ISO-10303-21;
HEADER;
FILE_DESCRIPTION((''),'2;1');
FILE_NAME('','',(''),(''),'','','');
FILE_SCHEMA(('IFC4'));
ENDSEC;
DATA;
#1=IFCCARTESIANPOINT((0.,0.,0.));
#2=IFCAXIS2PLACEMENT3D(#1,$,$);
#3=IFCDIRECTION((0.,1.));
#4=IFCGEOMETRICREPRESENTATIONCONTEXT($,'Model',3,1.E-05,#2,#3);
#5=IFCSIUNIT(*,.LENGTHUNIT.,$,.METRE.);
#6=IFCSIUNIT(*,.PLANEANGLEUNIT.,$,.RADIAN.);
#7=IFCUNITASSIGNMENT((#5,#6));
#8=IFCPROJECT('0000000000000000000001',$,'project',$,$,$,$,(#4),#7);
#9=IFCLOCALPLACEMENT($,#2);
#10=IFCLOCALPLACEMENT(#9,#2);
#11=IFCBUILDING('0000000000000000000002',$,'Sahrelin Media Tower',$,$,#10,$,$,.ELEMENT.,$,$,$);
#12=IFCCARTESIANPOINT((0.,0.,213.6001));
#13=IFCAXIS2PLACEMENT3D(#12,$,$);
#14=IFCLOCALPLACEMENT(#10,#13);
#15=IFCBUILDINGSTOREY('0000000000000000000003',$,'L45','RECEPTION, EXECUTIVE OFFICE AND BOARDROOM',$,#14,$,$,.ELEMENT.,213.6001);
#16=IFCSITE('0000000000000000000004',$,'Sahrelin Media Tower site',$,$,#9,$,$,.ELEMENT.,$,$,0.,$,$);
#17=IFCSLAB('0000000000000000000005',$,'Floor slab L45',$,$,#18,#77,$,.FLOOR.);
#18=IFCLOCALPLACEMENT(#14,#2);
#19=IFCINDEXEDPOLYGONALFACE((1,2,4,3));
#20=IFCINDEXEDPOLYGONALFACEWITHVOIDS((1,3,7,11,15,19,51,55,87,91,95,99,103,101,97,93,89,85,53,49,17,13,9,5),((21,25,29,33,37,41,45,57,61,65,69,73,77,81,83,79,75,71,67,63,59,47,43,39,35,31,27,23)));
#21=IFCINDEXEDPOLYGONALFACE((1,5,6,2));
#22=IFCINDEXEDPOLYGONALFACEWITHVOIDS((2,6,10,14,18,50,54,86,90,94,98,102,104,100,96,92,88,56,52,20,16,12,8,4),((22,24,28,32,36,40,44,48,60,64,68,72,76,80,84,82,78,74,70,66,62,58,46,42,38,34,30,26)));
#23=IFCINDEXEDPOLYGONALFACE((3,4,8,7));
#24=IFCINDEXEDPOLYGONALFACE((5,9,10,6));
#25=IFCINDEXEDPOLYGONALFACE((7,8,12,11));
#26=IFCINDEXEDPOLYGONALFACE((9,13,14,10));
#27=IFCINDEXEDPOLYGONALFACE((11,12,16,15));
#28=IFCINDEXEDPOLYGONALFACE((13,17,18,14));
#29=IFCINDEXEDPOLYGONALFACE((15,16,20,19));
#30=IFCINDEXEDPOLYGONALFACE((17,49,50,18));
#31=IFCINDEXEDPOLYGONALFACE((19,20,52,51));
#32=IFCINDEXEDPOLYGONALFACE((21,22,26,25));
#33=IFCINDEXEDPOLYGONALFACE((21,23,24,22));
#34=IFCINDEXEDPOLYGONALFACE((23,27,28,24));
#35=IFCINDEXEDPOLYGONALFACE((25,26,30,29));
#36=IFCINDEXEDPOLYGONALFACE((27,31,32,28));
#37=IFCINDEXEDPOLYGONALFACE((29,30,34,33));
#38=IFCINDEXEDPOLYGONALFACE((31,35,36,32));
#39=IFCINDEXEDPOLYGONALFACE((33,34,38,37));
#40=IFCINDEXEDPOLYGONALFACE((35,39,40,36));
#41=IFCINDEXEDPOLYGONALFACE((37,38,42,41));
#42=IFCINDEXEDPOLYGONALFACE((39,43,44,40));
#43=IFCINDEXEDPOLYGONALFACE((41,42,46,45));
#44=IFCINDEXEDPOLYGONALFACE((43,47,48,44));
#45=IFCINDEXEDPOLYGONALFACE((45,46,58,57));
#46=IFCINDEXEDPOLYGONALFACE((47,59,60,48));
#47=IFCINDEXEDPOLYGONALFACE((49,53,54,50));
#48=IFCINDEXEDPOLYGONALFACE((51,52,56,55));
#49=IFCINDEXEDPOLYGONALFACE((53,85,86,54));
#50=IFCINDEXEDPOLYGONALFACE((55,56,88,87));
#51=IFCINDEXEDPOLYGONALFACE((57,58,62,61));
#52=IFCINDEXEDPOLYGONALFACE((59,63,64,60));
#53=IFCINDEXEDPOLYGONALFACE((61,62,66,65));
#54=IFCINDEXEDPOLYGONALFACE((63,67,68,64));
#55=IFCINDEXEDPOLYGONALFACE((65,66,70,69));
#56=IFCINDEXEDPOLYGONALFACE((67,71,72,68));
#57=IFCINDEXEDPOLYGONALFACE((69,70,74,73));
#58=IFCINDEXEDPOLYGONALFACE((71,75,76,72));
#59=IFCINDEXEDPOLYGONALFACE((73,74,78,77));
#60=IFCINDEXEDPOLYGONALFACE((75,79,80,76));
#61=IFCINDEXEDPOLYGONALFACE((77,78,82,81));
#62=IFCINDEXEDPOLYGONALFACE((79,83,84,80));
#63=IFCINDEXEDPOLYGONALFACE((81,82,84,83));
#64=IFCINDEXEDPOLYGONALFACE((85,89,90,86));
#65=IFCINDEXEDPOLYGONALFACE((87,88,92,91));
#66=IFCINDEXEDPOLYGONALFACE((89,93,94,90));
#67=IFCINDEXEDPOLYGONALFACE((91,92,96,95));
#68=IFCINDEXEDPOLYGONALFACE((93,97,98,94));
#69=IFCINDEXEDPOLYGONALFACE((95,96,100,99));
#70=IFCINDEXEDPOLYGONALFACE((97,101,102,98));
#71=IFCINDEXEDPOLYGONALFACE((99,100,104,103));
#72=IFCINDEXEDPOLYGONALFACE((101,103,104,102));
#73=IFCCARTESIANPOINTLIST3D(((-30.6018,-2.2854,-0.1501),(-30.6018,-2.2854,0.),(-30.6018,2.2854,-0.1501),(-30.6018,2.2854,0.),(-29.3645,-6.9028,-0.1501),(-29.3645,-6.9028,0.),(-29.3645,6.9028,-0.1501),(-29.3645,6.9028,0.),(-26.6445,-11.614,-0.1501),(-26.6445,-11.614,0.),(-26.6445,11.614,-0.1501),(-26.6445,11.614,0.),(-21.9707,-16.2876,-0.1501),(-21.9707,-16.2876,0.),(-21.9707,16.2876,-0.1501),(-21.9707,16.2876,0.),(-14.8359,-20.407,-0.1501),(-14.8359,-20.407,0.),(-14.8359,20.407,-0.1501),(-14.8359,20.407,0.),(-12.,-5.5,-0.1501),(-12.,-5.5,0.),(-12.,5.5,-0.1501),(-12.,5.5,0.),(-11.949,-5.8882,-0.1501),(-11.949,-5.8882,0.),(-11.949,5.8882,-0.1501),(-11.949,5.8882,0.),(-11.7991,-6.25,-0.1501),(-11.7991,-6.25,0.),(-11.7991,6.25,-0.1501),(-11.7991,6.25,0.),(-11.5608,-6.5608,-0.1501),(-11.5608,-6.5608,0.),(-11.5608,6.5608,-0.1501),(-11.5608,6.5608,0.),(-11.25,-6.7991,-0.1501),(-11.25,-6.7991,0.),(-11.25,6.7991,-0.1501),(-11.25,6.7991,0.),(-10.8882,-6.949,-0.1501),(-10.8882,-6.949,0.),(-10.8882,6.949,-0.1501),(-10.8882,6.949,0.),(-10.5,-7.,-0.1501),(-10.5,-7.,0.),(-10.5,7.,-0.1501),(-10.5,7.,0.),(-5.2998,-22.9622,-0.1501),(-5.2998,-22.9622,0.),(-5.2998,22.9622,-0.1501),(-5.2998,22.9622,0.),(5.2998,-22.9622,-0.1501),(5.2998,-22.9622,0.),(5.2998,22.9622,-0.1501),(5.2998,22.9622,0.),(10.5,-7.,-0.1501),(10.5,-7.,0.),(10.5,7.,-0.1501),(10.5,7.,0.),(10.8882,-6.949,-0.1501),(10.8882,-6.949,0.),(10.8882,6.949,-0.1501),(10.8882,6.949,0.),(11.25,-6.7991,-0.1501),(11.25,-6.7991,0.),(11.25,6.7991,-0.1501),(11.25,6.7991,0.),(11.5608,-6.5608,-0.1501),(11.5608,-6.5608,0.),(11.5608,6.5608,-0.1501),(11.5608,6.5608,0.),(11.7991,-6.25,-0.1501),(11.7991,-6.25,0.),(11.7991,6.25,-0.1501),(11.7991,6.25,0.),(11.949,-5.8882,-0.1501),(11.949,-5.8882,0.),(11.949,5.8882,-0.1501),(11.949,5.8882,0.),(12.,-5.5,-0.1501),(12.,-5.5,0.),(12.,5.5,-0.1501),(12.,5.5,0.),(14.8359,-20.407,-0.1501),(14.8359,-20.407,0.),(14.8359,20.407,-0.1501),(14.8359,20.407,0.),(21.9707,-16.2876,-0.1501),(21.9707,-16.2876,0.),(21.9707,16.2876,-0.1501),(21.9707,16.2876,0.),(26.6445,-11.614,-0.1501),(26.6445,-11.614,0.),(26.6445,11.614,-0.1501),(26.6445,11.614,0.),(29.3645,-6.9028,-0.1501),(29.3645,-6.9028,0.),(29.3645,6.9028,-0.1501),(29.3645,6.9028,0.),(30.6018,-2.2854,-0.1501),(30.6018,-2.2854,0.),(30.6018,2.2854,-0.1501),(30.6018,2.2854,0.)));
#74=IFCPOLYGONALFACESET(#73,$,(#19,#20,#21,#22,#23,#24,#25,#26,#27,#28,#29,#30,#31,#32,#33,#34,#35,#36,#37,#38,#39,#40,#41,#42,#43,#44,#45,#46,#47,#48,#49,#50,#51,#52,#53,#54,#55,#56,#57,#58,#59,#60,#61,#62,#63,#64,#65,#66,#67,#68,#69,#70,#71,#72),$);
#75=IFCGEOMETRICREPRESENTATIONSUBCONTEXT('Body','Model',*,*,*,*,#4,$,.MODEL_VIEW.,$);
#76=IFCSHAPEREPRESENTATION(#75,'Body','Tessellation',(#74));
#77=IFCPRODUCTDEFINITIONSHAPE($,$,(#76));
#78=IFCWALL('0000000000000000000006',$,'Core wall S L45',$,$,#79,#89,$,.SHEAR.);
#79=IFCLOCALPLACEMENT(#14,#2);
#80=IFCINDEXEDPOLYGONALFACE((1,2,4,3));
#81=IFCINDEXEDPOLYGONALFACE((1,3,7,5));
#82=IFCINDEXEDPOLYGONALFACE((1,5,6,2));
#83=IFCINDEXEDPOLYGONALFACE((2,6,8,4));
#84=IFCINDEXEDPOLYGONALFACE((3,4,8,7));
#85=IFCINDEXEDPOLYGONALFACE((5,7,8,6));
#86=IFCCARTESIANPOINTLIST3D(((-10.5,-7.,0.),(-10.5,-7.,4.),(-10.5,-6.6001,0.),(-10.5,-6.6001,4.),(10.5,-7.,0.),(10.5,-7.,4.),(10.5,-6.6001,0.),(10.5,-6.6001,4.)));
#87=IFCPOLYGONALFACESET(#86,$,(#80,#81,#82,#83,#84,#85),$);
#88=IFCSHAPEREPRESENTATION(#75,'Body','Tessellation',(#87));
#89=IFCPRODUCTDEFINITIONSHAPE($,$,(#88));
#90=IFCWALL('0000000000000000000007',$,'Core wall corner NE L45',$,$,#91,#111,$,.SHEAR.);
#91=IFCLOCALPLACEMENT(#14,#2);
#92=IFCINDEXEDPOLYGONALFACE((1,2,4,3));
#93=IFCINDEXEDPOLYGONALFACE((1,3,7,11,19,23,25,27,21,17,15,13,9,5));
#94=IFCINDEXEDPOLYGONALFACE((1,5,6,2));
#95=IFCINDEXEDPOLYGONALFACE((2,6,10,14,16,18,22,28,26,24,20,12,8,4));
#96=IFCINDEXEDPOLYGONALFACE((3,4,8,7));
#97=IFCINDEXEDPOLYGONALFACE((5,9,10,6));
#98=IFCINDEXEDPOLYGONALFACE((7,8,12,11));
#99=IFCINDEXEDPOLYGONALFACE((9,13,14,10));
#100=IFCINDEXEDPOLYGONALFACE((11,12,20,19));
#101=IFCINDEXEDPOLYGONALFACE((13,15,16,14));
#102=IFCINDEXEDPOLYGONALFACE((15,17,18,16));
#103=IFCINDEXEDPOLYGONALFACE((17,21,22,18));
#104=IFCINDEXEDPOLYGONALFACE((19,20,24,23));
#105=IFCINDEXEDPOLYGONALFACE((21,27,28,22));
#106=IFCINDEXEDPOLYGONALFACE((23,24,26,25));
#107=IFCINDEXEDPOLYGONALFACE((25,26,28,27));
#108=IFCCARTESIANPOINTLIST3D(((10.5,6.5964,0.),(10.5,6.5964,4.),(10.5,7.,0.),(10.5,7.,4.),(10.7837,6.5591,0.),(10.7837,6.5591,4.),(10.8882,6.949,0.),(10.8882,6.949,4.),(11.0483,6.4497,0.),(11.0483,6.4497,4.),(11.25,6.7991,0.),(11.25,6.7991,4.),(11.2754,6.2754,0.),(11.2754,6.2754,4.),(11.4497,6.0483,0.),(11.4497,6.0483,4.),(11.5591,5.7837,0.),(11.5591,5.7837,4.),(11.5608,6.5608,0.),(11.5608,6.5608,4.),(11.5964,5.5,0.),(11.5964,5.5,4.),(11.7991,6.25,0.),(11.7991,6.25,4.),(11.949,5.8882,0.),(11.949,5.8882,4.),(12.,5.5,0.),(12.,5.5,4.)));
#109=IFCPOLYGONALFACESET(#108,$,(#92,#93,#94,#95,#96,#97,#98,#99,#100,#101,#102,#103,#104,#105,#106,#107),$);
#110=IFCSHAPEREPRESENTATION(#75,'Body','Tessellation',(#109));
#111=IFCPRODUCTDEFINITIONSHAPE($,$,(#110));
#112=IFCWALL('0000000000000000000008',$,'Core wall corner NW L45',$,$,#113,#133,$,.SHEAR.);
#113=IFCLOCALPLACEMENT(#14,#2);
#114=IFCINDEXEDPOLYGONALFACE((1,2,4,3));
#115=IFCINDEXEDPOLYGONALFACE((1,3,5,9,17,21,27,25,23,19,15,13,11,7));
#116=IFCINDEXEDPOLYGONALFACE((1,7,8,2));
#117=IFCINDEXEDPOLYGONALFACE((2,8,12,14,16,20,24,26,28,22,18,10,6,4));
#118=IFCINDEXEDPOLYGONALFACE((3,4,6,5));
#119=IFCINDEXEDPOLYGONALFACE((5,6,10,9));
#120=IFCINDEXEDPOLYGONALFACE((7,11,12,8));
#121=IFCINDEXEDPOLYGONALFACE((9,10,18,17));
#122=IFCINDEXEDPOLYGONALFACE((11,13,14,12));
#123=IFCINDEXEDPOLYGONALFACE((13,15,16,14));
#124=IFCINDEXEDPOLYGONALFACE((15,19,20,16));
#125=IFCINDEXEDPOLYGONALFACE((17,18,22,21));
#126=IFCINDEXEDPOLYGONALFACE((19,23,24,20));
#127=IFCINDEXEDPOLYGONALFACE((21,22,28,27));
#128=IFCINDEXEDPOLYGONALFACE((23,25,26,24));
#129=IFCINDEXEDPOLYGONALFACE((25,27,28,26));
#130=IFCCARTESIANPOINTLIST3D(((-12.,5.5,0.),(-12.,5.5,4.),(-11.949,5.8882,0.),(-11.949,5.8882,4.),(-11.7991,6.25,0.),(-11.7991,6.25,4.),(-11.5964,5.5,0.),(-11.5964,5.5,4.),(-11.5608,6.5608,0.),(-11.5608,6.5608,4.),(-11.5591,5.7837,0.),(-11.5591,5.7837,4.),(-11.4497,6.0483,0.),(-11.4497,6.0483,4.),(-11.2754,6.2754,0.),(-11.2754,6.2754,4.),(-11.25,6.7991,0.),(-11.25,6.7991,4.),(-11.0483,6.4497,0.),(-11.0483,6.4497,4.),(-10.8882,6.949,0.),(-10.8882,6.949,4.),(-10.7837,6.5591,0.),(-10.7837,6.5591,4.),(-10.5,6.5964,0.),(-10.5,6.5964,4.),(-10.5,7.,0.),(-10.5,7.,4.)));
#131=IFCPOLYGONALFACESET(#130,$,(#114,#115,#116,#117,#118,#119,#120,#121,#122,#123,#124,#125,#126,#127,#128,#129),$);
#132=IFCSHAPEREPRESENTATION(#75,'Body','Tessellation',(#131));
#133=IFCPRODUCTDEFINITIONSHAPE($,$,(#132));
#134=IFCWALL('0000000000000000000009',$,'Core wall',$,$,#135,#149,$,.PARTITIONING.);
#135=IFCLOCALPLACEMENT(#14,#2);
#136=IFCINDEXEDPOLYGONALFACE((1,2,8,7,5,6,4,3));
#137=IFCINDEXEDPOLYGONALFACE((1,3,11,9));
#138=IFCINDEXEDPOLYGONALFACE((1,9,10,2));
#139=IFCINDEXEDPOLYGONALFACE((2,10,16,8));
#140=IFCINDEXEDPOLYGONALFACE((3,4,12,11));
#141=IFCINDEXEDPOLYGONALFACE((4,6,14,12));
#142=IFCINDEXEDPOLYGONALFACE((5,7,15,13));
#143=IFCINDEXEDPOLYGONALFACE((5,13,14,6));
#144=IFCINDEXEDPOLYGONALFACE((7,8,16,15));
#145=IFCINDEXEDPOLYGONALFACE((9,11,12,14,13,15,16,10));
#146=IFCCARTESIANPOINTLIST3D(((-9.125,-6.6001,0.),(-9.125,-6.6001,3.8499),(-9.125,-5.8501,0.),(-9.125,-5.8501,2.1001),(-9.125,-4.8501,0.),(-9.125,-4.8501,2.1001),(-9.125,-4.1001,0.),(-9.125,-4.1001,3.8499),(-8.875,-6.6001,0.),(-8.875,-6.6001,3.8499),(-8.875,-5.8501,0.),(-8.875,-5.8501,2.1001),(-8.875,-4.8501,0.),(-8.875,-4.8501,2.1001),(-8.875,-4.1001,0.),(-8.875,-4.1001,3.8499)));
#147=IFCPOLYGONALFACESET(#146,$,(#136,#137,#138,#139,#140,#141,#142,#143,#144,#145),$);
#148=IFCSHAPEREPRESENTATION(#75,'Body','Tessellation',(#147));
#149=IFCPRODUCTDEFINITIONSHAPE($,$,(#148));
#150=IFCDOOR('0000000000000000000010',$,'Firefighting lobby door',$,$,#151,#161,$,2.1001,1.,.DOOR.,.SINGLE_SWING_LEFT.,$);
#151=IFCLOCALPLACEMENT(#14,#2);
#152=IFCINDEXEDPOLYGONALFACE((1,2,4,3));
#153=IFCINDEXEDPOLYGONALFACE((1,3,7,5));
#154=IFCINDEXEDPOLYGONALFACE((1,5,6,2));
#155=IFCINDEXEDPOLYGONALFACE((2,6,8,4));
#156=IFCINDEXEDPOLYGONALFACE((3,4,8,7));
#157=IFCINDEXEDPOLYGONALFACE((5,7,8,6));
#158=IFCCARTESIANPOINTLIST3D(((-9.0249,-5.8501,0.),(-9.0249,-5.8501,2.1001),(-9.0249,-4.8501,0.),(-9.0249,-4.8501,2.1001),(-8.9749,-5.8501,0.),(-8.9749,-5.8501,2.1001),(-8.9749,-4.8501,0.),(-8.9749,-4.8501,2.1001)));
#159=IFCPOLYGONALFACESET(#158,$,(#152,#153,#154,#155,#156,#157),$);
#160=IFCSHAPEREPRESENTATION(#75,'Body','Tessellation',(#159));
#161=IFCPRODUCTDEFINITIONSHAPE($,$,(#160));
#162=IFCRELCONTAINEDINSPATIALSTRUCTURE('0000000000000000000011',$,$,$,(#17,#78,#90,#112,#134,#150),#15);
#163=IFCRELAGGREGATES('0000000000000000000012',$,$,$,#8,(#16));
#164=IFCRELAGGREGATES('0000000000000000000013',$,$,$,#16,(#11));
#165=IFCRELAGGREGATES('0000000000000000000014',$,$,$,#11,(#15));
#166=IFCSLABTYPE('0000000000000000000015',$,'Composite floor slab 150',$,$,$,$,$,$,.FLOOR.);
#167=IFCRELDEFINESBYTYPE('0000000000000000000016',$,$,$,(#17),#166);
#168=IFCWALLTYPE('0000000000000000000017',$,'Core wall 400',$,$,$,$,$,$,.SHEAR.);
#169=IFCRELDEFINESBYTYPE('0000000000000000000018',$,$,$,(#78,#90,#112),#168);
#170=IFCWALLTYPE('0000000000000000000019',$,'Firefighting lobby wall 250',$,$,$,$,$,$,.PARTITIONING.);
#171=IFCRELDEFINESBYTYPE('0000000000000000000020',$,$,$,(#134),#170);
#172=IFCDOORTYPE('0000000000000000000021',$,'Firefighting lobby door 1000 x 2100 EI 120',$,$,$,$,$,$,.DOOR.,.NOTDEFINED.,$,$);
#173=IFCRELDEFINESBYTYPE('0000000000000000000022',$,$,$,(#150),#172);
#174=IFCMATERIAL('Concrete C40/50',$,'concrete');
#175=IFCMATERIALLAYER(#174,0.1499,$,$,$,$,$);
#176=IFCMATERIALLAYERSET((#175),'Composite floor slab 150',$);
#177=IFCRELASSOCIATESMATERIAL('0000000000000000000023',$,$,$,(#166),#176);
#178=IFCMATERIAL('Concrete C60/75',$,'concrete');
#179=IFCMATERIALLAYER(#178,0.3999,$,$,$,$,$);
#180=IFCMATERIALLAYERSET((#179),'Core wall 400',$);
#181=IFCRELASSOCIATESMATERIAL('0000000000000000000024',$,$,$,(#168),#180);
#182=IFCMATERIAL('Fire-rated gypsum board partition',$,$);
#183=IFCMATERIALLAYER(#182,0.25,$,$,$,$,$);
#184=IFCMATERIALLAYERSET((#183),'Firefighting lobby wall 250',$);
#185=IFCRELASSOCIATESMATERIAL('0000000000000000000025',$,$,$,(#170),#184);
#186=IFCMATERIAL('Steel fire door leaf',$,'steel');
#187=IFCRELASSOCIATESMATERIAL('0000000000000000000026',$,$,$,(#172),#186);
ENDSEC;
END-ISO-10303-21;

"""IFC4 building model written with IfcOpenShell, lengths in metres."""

from ifc_helpers import new_model, si_unit, direction, frame, frame_2d, origin, place, context, subcontext, project, spatial, polyline, rectangle, outline, extrude, material, layer, layer_set, type_object, element, fill, save


model = new_model("IFC4")

# Units and contexts
model_context = context("Model", 3, precision=1e-05, world=origin(), true_north=direction((0.0, 1.0)))
body_context = subcontext(model_context, "Body", "Model", "MODEL_VIEW")
ifc_project = project(units=[si_unit("LENGTHUNIT", "METRE"), si_unit("PLANEANGLEUNIT", "RADIAN")], contexts=[model_context])

# Site, building, storey
site_placement = place(None, origin())
site = spatial("IfcSite", under=ifc_project, at=site_placement, Name="Sahrelin Media Tower site", CompositionType="ELEMENT", RefElevation=0.0)
building_placement = place(site_placement, origin())
building = spatial("IfcBuilding", under=site, at=building_placement, Name="Sahrelin Media Tower", CompositionType="ELEMENT")
storey_placement = place(building_placement, frame((0.0, 0.0, 213.6001)))
storey = spatial("IfcBuildingStorey", under=building, at=storey_placement, Name="L45", Description="RECEPTION, EXECUTIVE OFFICE AND BOARDROOM", CompositionType="ELEMENT", Elevation=213.6001)

# Slab
ifc_material_1 = material(Name="Concrete C40/50", Category="concrete")
ifc_layer_1 = layer(ifc_material_1, 0.1499)
ifc_layer_set_1 = layer_set([ifc_layer_1], Name="Composite floor slab 150")
slab_type = type_object("IfcSlabType", Name="Composite floor slab 150", PredefinedType="FLOOR", material=ifc_layer_set_1)
slab_placement = place(storey_placement, frame((0.0, 0.0, -0.1501)))
element("IfcSlab", 1, at=slab_placement, inside=storey, type_object=slab_type, Name="Floor slab L45", PredefinedType="FLOOR", context=body_context, shape_type="SweptSolid", body=[
    extrude(outline(polyline([(30.6018, -2.2854), (30.6018, 2.2854), (29.3645, 6.9028), (26.6445, 11.614), (21.9707, 16.2876), (14.8359, 20.407), (5.2998, 22.9622), (-5.2998, 22.9622), (-14.8359, 20.407), (-21.9707, 16.2876), (-26.6445, 11.614), (-29.3645, 6.9028), (-30.6018, 2.2854), (-30.6018, -2.2854), (-29.3645, -6.9028), (-26.6445, -11.614), (-21.9707, -16.2876), (-14.8359, -20.407), (-5.2998, -22.9622), (5.2998, -22.9622), (14.8359, -20.407), (21.9707, -16.2876), (26.6445, -11.614), (29.3645, -6.9028), (30.6018, -2.2854)]), holes=[polyline([(11.949, 5.8882), (12.0, 5.5), (12.0, -5.5), (11.949, -5.8882), (11.7991, -6.25), (11.5608, -6.5608), (11.25, -6.7991), (10.8882, -6.949), (10.5, -7.0), (-10.5, -7.0), (-10.8882, -6.949), (-11.25, -6.7991), (-11.5608, -6.5608), (-11.7991, -6.25), (-11.949, -5.8882), (-12.0, -5.5), (-12.0, 5.5), (-11.949, 5.8882), (-11.7991, 6.25), (-11.5608, 6.5608), (-11.25, 6.7991), (-10.8882, 6.949), (-10.5, 7.0), (10.5, 7.0), (10.8882, 6.949), (11.25, 6.7991), (11.5608, 6.5608), (11.7991, 6.25), (11.949, 5.8882)])]), origin(), (0.0, 0.0, 1.0), 0.1501),
])

# Walls
ifc_material_2 = material(Name="Concrete C60/75", Category="concrete")
ifc_layer_2 = layer(ifc_material_2, 0.3999)
ifc_layer_set_2 = layer_set([ifc_layer_2], Name="Core wall 400")
wall_type_1 = type_object("IfcWallType", Name="Core wall 400", PredefinedType="SHEAR", material=ifc_layer_set_2)
wall_1_placement = place(storey_placement, frame((-10.5, -6.8, 0.0), z_axis=(0.0, 0.0, 1.0), x_axis=(1.0, 0.0, 0.0)))
element("IfcWall", 2, at=wall_1_placement, inside=storey, type_object=wall_type_1, Name="Core wall S L45", PredefinedType="SHEAR", context=body_context, shape_type="SweptSolid", body=[
    extrude(rectangle(XDim=21.0, YDim=0.3999, at=frame_2d((10.5, 0.0))), origin(), (0.0, 0.0, 1.0), 4.0),
])
placement = place(storey_placement, origin())
element("IfcWall", 3, at=placement, inside=storey, type_object=wall_type_1, Name="Core wall corner NE L45", PredefinedType="SHEAR", context=body_context, shape_type="SweptSolid", body=[
    extrude(outline(polyline([(10.5, 7.0), (10.5, 6.5964), (10.7837, 6.5591), (11.0483, 6.4497), (11.2754, 6.2754), (11.4497, 6.0483), (11.5591, 5.7837), (11.5964, 5.5), (12.0, 5.5), (11.949, 5.8882), (11.7991, 6.25), (11.5608, 6.5608), (11.25, 6.7991), (10.8882, 6.949), (10.5, 7.0)])), origin(), (0.0, 0.0, 1.0), 4.0),
])
element("IfcWall", 4, at=placement, inside=storey, type_object=wall_type_1, Name="Core wall corner NW L45", PredefinedType="SHEAR", context=body_context, shape_type="SweptSolid", body=[
    extrude(outline(polyline([(-12.0, 5.5), (-11.5964, 5.5), (-11.5591, 5.7837), (-11.4497, 6.0483), (-11.2754, 6.2754), (-11.0483, 6.4497), (-10.7837, 6.5591), (-10.5, 6.5964), (-10.5, 7.0), (-10.8882, 6.949), (-11.25, 6.7991), (-11.5608, 6.5608), (-11.7991, 6.25), (-11.949, 5.8882), (-12.0, 5.5)])), origin(), (0.0, 0.0, 1.0), 4.0),
])

# Wall, opening, door
ifc_material_3 = material(Name="Fire-rated gypsum board partition")
ifc_layer_3 = layer(ifc_material_3, 0.25)
ifc_layer_set_3 = layer_set([ifc_layer_3], Name="Firefighting lobby wall 250")
wall_type_2 = type_object("IfcWallType", Name="Firefighting lobby wall 250", PredefinedType="PARTITIONING", material=ifc_layer_set_3)
wall_2_placement = place(storey_placement, frame((-9.0, -6.6001, 0.0), z_axis=(0.0, 0.0, 1.0), x_axis=(0.0, 1.0, 0.0)))
wall_2 = element("IfcWall", 5, at=wall_2_placement, inside=storey, type_object=wall_type_2, Name="Core wall", PredefinedType="PARTITIONING", context=body_context, shape_type="SweptSolid", body=[
    extrude(rectangle(XDim=2.5, YDim=0.25, at=frame_2d((1.25, 0.0))), origin(), (0.0, 0.0, 1.0), 3.8499),
])
opening_1_placement = place(wall_2_placement, frame((0.75, 0.0, 0.0)))
opening_1 = element("IfcOpeningElement", 6, at=opening_1_placement, cuts=wall_2, PredefinedType="OPENING", context=body_context, shape_type="SweptSolid", body=[
    extrude(rectangle(XDim=1.0, YDim=2.1001, at=frame_2d((0.5, 1.05))), frame((0.0, 0.125, 0.0), z_axis=(0.0, -1.0, 0.0), x_axis=(1.0, 0.0, 0.0)), (0.0, 0.0, 1.0), 0.25),
])
ifc_material_4 = material(Name="Steel fire door leaf", Category="steel")
door_type_1 = type_object("IfcDoorType", Name="Firefighting lobby door 1000 x 2100 EI 120", OperationType="NOTDEFINED", PredefinedType="DOOR", material=ifc_material_4)
door_1_placement = place(opening_1_placement, origin())
door_1 = element("IfcDoor", 7, at=door_1_placement, inside=storey, type_object=door_type_1, Name="Firefighting lobby door", OperationType="SINGLE_SWING_LEFT", OverallHeight=2.1001, OverallWidth=1.0, PredefinedType="DOOR", context=body_context, shape_type="SweptSolid", body=[
    extrude(rectangle(XDim=1.0, YDim=2.1001, at=frame_2d((0.5, 1.05))), frame((0.0, 0.0249, 0.0), z_axis=(0.0, -1.0, 0.0), x_axis=(1.0, 0.0, 0.0)), (0.0, 0.0, 1.0), 0.05),
])
fill(opening_1, door_1)

save(model, "model.ifc")
